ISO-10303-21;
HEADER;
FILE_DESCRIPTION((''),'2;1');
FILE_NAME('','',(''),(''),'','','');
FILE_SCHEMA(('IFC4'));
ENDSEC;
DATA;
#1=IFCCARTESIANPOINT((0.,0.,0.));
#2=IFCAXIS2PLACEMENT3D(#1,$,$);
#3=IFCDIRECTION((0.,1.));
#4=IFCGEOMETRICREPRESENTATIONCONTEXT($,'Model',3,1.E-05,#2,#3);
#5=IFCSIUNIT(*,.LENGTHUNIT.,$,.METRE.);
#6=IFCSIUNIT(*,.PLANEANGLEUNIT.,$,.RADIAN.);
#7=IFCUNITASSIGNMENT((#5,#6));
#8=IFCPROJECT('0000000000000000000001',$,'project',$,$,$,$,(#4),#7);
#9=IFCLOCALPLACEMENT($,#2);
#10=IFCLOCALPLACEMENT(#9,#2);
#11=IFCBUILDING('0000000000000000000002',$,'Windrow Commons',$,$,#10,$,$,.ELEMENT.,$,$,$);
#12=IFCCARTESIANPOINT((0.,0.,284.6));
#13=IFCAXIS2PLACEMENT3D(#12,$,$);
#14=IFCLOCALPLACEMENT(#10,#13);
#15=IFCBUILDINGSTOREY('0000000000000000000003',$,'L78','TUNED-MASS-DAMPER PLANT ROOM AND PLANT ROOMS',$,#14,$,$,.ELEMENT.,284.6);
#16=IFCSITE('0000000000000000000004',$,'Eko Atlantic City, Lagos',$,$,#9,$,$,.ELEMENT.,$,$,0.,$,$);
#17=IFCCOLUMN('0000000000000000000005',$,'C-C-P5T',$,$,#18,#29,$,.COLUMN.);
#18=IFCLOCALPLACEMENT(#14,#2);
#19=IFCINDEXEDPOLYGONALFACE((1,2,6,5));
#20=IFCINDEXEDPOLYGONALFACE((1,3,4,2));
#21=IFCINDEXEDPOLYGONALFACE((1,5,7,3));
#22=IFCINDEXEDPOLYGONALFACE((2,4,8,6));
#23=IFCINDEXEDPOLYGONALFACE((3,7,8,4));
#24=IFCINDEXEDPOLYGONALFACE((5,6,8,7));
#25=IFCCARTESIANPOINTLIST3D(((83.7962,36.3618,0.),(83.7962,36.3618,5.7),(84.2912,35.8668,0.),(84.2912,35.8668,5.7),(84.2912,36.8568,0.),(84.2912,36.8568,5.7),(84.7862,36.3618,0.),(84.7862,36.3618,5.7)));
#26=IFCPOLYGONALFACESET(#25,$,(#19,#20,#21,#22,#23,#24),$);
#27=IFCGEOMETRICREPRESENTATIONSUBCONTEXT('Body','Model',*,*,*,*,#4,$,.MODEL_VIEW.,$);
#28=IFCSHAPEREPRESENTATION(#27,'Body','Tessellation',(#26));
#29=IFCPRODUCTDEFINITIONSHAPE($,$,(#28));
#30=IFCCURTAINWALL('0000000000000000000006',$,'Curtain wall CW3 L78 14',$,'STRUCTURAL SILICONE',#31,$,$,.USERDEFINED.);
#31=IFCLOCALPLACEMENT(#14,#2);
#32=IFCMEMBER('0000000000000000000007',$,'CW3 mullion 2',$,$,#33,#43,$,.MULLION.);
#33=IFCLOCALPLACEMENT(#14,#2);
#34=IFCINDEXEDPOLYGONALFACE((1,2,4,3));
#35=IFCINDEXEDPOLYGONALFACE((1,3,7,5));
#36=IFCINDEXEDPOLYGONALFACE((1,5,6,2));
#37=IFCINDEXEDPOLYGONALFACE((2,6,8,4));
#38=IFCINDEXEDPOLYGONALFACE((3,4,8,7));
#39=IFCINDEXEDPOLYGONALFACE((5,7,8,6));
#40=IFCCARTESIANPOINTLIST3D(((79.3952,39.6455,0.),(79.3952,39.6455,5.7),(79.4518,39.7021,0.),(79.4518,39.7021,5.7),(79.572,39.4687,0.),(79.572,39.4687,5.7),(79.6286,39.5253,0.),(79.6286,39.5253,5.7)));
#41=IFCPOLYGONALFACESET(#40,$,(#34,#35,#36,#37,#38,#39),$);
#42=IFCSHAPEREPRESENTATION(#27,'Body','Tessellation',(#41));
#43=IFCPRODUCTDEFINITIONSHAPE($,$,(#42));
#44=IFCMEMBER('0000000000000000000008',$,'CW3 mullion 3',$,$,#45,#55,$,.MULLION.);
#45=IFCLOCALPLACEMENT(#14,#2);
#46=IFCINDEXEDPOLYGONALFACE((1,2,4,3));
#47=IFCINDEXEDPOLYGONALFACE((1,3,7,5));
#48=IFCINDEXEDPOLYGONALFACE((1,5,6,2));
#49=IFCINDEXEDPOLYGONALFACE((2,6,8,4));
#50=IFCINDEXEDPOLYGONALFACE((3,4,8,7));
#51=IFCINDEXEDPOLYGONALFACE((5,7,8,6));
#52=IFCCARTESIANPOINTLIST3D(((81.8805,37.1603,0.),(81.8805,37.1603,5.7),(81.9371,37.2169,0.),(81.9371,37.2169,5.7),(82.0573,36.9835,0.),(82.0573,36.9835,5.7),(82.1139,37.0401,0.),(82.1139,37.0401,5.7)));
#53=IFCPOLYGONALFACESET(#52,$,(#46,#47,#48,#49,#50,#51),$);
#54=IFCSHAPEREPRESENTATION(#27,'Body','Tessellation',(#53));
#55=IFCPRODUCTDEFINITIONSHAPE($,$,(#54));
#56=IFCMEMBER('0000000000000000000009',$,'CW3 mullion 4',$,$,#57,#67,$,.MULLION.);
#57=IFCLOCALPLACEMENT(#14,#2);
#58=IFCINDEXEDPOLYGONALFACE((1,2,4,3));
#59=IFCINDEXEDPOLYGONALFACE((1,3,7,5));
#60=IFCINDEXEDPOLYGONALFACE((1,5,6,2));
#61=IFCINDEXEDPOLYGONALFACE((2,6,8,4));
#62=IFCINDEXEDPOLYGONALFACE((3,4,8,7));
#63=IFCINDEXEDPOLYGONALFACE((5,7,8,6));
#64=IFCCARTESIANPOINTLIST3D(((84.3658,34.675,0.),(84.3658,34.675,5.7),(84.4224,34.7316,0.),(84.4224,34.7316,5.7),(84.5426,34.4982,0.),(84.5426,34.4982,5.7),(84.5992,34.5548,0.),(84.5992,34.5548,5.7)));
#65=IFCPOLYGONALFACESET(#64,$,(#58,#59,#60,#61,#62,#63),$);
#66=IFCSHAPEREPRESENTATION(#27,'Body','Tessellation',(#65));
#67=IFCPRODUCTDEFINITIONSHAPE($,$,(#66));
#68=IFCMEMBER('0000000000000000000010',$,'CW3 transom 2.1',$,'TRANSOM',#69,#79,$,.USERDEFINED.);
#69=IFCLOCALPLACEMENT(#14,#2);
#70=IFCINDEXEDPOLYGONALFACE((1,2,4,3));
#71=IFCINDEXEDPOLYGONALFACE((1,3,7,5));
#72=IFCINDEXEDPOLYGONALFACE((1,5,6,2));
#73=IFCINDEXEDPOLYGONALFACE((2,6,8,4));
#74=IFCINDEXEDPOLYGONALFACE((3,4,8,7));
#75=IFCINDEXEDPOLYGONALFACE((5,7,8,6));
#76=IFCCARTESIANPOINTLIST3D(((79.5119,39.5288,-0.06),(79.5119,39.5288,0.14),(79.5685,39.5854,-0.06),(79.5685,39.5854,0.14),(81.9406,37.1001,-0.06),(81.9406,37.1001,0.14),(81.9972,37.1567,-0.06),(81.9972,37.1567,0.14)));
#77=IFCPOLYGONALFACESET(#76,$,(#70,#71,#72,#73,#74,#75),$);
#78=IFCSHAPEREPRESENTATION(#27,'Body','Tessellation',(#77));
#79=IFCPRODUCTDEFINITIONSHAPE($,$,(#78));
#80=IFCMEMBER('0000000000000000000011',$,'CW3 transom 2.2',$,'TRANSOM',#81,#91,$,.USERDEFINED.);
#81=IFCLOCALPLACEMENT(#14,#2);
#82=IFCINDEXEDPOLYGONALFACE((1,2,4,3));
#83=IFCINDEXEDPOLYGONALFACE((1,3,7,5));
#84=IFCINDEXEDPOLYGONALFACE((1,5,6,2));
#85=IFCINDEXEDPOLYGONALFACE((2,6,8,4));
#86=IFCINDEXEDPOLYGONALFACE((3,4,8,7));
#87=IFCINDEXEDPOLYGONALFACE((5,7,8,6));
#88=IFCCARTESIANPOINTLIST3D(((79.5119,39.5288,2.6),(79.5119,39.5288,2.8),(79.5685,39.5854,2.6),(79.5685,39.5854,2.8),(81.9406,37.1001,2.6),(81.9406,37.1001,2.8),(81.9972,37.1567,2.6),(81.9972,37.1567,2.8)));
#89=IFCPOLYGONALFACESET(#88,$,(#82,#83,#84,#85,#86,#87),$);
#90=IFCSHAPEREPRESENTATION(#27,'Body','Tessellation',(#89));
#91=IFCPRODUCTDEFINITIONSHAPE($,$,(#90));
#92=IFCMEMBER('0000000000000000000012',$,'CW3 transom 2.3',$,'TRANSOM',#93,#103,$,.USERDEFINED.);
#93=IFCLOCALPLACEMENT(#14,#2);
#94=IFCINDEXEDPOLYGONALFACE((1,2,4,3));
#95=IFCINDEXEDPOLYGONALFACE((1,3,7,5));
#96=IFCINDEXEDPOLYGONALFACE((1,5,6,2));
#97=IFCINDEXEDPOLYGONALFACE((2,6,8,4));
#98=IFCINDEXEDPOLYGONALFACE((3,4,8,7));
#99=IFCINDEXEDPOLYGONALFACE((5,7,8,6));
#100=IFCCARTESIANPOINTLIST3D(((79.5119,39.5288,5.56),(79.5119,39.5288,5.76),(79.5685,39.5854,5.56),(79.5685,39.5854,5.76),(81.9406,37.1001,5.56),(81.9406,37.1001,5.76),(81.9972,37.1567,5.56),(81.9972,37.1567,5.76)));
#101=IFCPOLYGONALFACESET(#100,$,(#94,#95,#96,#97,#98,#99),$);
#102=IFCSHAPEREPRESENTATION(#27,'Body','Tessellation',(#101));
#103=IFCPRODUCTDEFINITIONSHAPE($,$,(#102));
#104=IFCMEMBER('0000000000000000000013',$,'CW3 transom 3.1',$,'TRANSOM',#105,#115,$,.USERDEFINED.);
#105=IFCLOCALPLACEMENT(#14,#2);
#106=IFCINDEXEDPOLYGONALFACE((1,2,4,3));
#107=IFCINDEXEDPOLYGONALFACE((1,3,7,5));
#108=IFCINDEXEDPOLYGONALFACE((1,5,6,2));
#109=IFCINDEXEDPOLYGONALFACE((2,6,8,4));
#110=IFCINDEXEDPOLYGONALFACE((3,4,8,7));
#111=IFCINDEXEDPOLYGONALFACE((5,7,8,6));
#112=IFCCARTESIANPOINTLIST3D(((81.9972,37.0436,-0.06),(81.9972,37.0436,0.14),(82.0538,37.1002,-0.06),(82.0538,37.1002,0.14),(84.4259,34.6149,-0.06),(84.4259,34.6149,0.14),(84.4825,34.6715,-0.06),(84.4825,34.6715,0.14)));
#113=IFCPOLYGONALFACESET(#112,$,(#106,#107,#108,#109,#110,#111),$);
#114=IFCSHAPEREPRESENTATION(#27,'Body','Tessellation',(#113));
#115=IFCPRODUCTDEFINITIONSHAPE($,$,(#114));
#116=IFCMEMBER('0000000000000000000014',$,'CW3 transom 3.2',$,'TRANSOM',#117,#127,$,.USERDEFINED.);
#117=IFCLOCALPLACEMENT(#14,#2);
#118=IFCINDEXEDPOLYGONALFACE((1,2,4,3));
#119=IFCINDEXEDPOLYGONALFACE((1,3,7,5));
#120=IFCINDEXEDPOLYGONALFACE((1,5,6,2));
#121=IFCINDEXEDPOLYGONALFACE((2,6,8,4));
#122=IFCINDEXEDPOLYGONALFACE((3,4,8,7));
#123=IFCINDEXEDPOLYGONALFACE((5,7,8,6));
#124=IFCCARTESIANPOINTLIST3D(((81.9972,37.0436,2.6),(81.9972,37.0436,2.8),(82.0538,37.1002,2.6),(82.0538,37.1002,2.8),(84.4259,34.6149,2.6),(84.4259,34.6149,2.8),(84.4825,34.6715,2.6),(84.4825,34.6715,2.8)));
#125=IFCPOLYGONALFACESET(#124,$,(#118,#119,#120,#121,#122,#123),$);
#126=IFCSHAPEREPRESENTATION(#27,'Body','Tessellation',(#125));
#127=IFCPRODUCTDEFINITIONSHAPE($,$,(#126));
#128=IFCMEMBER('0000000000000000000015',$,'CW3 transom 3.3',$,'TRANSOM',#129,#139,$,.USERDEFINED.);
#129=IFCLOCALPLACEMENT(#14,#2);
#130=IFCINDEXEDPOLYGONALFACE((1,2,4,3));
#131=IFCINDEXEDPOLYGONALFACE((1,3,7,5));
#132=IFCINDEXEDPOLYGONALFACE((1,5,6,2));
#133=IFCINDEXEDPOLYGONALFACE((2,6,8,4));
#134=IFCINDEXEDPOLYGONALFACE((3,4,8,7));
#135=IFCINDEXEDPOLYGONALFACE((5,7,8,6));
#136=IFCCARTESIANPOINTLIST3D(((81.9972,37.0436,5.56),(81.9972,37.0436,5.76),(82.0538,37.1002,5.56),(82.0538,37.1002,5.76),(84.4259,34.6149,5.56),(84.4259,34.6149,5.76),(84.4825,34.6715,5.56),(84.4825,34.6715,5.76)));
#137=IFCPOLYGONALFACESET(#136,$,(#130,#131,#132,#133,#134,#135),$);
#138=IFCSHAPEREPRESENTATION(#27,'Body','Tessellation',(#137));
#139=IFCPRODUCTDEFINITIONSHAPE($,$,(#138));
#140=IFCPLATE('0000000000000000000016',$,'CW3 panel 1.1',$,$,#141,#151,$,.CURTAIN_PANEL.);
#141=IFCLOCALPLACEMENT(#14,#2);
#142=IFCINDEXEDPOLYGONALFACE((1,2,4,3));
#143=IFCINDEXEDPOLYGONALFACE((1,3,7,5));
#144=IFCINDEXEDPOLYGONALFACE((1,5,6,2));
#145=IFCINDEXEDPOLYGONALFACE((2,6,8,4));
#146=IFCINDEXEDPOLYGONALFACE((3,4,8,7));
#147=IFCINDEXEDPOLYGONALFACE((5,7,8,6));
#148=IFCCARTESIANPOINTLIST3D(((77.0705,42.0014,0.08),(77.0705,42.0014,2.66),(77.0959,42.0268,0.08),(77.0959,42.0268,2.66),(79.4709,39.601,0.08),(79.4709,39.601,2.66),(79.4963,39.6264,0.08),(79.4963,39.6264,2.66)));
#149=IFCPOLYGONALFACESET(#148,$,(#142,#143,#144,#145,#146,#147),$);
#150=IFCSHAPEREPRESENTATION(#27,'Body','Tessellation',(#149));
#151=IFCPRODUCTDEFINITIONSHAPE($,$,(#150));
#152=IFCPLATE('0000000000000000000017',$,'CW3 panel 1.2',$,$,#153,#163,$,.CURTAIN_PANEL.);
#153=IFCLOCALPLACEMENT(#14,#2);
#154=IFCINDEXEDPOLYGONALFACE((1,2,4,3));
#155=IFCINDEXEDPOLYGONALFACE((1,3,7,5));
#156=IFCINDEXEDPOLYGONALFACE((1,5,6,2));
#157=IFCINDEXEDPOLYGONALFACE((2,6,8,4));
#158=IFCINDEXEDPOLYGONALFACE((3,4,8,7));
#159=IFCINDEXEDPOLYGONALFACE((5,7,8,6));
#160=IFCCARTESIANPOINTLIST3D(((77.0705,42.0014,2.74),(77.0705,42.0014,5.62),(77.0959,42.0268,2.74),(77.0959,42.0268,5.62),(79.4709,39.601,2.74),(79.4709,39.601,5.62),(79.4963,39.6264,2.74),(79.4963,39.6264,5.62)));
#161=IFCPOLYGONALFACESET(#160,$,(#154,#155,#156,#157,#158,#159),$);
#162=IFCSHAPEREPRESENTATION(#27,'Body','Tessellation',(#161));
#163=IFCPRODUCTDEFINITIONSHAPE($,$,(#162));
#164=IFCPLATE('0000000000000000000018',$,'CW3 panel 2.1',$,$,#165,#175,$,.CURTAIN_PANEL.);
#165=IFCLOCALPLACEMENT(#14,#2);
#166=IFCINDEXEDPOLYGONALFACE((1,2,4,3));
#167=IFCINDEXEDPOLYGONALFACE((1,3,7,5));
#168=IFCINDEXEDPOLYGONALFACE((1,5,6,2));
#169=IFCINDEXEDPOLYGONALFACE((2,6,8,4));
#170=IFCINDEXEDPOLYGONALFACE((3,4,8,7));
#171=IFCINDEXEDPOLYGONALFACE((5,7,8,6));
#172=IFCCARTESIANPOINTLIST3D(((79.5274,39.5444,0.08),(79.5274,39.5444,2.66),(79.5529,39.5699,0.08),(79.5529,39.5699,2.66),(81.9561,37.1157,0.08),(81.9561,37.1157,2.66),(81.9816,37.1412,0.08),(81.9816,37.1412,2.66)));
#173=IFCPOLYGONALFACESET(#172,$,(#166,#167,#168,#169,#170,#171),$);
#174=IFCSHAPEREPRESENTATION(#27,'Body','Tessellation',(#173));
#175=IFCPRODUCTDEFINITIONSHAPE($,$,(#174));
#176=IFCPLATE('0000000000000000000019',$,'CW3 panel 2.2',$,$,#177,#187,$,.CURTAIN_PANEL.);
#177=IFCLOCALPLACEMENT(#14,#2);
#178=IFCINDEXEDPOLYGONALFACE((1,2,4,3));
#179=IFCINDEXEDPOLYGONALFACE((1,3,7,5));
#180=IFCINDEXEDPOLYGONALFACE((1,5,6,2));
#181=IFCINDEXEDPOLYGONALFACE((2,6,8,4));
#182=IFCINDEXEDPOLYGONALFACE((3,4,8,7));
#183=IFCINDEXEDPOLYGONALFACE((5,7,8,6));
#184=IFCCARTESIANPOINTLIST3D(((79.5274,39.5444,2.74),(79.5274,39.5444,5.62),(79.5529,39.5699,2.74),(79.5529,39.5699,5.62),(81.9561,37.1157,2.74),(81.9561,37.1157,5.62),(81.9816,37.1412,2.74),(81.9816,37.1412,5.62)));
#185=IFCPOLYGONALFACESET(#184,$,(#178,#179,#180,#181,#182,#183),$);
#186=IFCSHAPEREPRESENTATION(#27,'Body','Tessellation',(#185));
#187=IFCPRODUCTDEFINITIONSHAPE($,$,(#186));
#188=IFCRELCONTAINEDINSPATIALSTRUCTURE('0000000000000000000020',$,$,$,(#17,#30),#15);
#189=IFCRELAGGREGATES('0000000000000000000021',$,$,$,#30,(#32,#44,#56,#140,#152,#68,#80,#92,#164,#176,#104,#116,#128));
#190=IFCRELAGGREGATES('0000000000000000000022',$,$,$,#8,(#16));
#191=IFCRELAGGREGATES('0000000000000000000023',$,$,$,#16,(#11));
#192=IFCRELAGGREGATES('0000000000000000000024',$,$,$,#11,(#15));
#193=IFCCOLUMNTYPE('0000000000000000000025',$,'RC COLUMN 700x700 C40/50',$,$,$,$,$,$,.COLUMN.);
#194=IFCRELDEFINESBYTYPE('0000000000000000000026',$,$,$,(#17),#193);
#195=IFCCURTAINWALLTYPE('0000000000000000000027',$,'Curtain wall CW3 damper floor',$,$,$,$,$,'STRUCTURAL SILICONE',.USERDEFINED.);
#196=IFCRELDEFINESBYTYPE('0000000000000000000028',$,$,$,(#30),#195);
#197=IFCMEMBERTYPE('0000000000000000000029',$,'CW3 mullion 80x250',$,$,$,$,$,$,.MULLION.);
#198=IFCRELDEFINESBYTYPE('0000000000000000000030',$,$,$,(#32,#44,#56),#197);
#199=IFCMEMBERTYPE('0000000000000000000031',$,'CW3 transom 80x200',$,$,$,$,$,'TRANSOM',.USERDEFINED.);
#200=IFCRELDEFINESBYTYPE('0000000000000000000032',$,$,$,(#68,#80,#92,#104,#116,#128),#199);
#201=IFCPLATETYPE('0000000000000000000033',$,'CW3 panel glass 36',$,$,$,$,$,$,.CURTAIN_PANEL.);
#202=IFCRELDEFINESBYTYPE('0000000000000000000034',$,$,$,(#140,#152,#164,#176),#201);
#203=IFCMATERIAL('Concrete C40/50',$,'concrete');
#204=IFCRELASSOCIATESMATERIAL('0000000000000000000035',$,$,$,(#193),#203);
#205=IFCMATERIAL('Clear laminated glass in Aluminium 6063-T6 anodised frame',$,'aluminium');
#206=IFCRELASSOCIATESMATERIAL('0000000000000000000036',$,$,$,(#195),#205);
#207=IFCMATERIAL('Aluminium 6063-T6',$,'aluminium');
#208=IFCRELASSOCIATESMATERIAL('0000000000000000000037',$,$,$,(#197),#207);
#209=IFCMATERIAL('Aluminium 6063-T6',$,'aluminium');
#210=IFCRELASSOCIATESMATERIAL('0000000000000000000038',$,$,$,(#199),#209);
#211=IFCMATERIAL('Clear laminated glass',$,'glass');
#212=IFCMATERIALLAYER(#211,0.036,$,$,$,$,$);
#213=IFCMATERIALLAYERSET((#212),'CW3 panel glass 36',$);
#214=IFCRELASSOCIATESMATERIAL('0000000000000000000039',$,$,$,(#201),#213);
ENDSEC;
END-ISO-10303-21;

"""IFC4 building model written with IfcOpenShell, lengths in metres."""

from ifc_helpers import new_model, si_unit, direction, frame, origin, origin_2d, place, context, subcontext, project, spatial, rectangle, extrude, material, layer, layer_set, material_profile, profile_set, type_object, element, aggregate, save


model = new_model("IFC4")

# Units and contexts
model_context = context("Model", 3, precision=1e-05, world=origin(), true_north=direction((0.0, 1.0)))
body_context = subcontext(model_context, "Body", "Model", "MODEL_VIEW")
ifc_project = project(units=[si_unit("LENGTHUNIT", "METRE"), si_unit("PLANEANGLEUNIT", "RADIAN")], contexts=[model_context])

# Site, building, storey
site_placement = place(None, origin())
site = spatial("IfcSite", under=ifc_project, at=site_placement, Name="Eko Atlantic City, Lagos", CompositionType="ELEMENT", RefElevation=0.0)
building_placement = place(site_placement, origin())
building = spatial("IfcBuilding", under=site, at=building_placement, Name="Windrow Commons", CompositionType="ELEMENT")
storey_placement = place(building_placement, frame((0.0, 0.0, 284.6)))
storey = spatial("IfcBuildingStorey", under=building, at=storey_placement, Name="L78", Description="TUNED-MASS-DAMPER PLANT ROOM AND PLANT ROOMS", CompositionType="ELEMENT", Elevation=284.6)

# Column
ifc_material_1 = material(Name="Concrete C40/50", Category="concrete")
ifc_material_profile_1 = material_profile(ifc_material_1, rectangle(XDim=0.7, YDim=0.7, at=origin_2d()))
ifc_profile_set_1 = profile_set([ifc_material_profile_1], Name="Concrete C40/50")
column_type = type_object("IfcColumnType", Name="RC COLUMN 700x700 C40/50", PredefinedType="COLUMN", material=ifc_profile_set_1)
column_placement = place(storey_placement, frame((84.2912, 36.3618, 0.0), z_axis=(0.0, 0.0, 1.0), x_axis=(0.707107, -0.707107, 0.0)))
element("IfcColumn", 1, at=column_placement, inside=storey, type_object=column_type, Name="C-C-P5T", PredefinedType="COLUMN", context=body_context, shape_type="SweptSolid", body=[
    extrude(rectangle(XDim=0.7, YDim=0.7, at=origin_2d()), origin(), (0.0, 0.0, 1.0), 5.7),
])

# Curtain wall, members, plates
ifc_material_2 = material(Name="Clear laminated glass in Aluminium 6063-T6 anodised frame", Category="aluminium")
curtain_wall_type = type_object("IfcCurtainWallType", Name="Curtain wall CW3 damper floor", ElementType="STRUCTURAL SILICONE", PredefinedType="USERDEFINED", material=ifc_material_2)
curtain_wall_placement = place(storey_placement, origin())
curtain_wall = element("IfcCurtainWall", 2, at=curtain_wall_placement, inside=storey, type_object=curtain_wall_type, Name="Curtain wall CW3 L78 14", ObjectType="STRUCTURAL SILICONE", PredefinedType="USERDEFINED")
ifc_material_3 = material(Name="Aluminium 6063-T6", Category="aluminium")
ifc_material_profile_2 = material_profile(ifc_material_3, rectangle(XDim=0.08, YDim=0.25, at=origin_2d()))
ifc_profile_set_2 = profile_set([ifc_material_profile_2], Name="Aluminium 6063-T6")
member_type_1 = type_object("IfcMemberType", Name="CW3 mullion 80x250", PredefinedType="MULLION", material=ifc_profile_set_2)
member_1_placement = place(storey_placement, frame((79.5119, 39.5854, 0.0), z_axis=(0.0, 0.0, 1.0), x_axis=(0.707107, 0.707107, 0.0)))
member_1 = element("IfcMember", 3, at=member_1_placement, type_object=member_type_1, Name="CW3 mullion 2", PredefinedType="MULLION", context=body_context, shape_type="SweptSolid", body=[
    extrude(rectangle(XDim=0.08, YDim=0.25, at=origin_2d()), origin(), (0.0, 0.0, 1.0), 5.7),
])
member_2_placement = place(storey_placement, frame((81.9972, 37.1002, 0.0), z_axis=(0.0, 0.0, 1.0), x_axis=(0.707107, 0.707107, 0.0)))
member_2 = element("IfcMember", 4, at=member_2_placement, type_object=member_type_1, Name="CW3 mullion 3", PredefinedType="MULLION", context=body_context, shape_type="SweptSolid", body=[
    extrude(rectangle(XDim=0.08, YDim=0.25, at=origin_2d()), origin(), (0.0, 0.0, 1.0), 5.7),
])
member_3_placement = place(storey_placement, frame((84.4825, 34.6149, 0.0), z_axis=(0.0, 0.0, 1.0), x_axis=(0.707107, 0.707107, 0.0)))
member_3 = element("IfcMember", 5, at=member_3_placement, type_object=member_type_1, Name="CW3 mullion 4", PredefinedType="MULLION", context=body_context, shape_type="SweptSolid", body=[
    extrude(rectangle(XDim=0.08, YDim=0.25, at=origin_2d()), origin(), (0.0, 0.0, 1.0), 5.7),
])
ifc_material_4 = material(Name="Aluminium 6063-T6", Category="aluminium")
ifc_material_profile_3 = material_profile(ifc_material_4, rectangle(XDim=0.08, YDim=0.2, at=origin_2d()))
ifc_profile_set_3 = profile_set([ifc_material_profile_3], Name="Aluminium 6063-T6")
member_type_2 = type_object("IfcMemberType", Name="CW3 transom 80x200", ElementType="TRANSOM", PredefinedType="USERDEFINED", material=ifc_profile_set_3)
member_4_placement = place(storey_placement, frame((79.5402, 39.5571, 0.04), z_axis=(0.707107, -0.707107, 0.0), x_axis=(0.707107, 0.707107, 0.0)))
member_4 = element("IfcMember", 6, at=member_4_placement, type_object=member_type_2, Name="CW3 transom 2.1", ObjectType="TRANSOM", PredefinedType="USERDEFINED", context=body_context, shape_type="SweptSolid", body=[
    extrude(rectangle(XDim=0.08, YDim=0.2, at=origin_2d()), origin(), (0.0, 0.0, 1.0), 3.4347),
])
member_5_placement = place(storey_placement, frame((79.5402, 39.5571, 2.7), z_axis=(0.707107, -0.707107, 0.0), x_axis=(0.707107, 0.707107, 0.0)))
member_5 = element("IfcMember", 7, at=member_5_placement, type_object=member_type_2, Name="CW3 transom 2.2", ObjectType="TRANSOM", PredefinedType="USERDEFINED", context=body_context, shape_type="SweptSolid", body=[
    extrude(rectangle(XDim=0.08, YDim=0.2, at=origin_2d()), origin(), (0.0, 0.0, 1.0), 3.4347),
])
member_6_placement = place(storey_placement, frame((79.5402, 39.5571, 5.66), z_axis=(0.707107, -0.707107, 0.0), x_axis=(0.707107, 0.707107, 0.0)))
member_6 = element("IfcMember", 8, at=member_6_placement, type_object=member_type_2, Name="CW3 transom 2.3", ObjectType="TRANSOM", PredefinedType="USERDEFINED", context=body_context, shape_type="SweptSolid", body=[
    extrude(rectangle(XDim=0.08, YDim=0.2, at=origin_2d()), origin(), (0.0, 0.0, 1.0), 3.4347),
])
member_7_placement = place(storey_placement, frame((82.0255, 37.0719, 0.04), z_axis=(0.707107, -0.707107, 0.0), x_axis=(0.707107, 0.707107, 0.0)))
member_7 = element("IfcMember", 9, at=member_7_placement, type_object=member_type_2, Name="CW3 transom 3.1", ObjectType="TRANSOM", PredefinedType="USERDEFINED", context=body_context, shape_type="SweptSolid", body=[
    extrude(rectangle(XDim=0.08, YDim=0.2, at=origin_2d()), origin(), (0.0, 0.0, 1.0), 3.4347),
])
member_8_placement = place(storey_placement, frame((82.0255, 37.0719, 2.7), z_axis=(0.707107, -0.707107, 0.0), x_axis=(0.707107, 0.707107, 0.0)))
member_8 = element("IfcMember", 10, at=member_8_placement, type_object=member_type_2, Name="CW3 transom 3.2", ObjectType="TRANSOM", PredefinedType="USERDEFINED", context=body_context, shape_type="SweptSolid", body=[
    extrude(rectangle(XDim=0.08, YDim=0.2, at=origin_2d()), origin(), (0.0, 0.0, 1.0), 3.4347),
])
member_9_placement = place(storey_placement, frame((82.0255, 37.0719, 5.66), z_axis=(0.707107, -0.707107, 0.0), x_axis=(0.707107, 0.707107, 0.0)))
member_9 = element("IfcMember", 11, at=member_9_placement, type_object=member_type_2, Name="CW3 transom 3.3", ObjectType="TRANSOM", PredefinedType="USERDEFINED", context=body_context, shape_type="SweptSolid", body=[
    extrude(rectangle(XDim=0.08, YDim=0.2, at=origin_2d()), origin(), (0.0, 0.0, 1.0), 3.4347),
])
ifc_material_5 = material(Name="Clear laminated glass", Category="glass")
ifc_layer_1 = layer(ifc_material_5, 0.036)
ifc_layer_set_1 = layer_set([ifc_layer_1], Name="CW3 panel glass 36")
plate_type = type_object("IfcPlateType", Name="CW3 panel glass 36", PredefinedType="CURTAIN_PANEL", material=ifc_layer_set_1)
plate_1_placement = place(storey_placement, frame((78.2834, 40.8139, 0.08), z_axis=(0.0, 0.0, 1.0), x_axis=(0.707107, -0.707107, 0.0)))
plate_1 = element("IfcPlate", 12, at=plate_1_placement, type_object=plate_type, Name="CW3 panel 1.1", PredefinedType="CURTAIN_PANEL", context=body_context, shape_type="SweptSolid", body=[
    extrude(rectangle(XDim=3.3947, YDim=0.036, at=origin_2d()), origin(), (0.0, 0.0, 1.0), 2.58),
])
plate_2_placement = place(storey_placement, frame((78.2834, 40.8139, 2.74), z_axis=(0.0, 0.0, 1.0), x_axis=(0.707107, -0.707107, 0.0)))
plate_2 = element("IfcPlate", 13, at=plate_2_placement, type_object=plate_type, Name="CW3 panel 1.2", PredefinedType="CURTAIN_PANEL", context=body_context, shape_type="SweptSolid", body=[
    extrude(rectangle(XDim=3.3947, YDim=0.036, at=origin_2d()), origin(), (0.0, 0.0, 1.0), 2.88),
])
plate_3_placement = place(storey_placement, frame((80.7545, 38.3428, 0.08), z_axis=(0.0, 0.0, 1.0), x_axis=(0.707107, -0.707107, 0.0)))
plate_3 = element("IfcPlate", 14, at=plate_3_placement, type_object=plate_type, Name="CW3 panel 2.1", PredefinedType="CURTAIN_PANEL", context=body_context, shape_type="SweptSolid", body=[
    extrude(rectangle(XDim=3.4347, YDim=0.036, at=origin_2d()), origin(), (0.0, 0.0, 1.0), 2.58),
])
plate_4_placement = place(storey_placement, frame((80.7545, 38.3428, 2.74), z_axis=(0.0, 0.0, 1.0), x_axis=(0.707107, -0.707107, 0.0)))
plate_4 = element("IfcPlate", 15, at=plate_4_placement, type_object=plate_type, Name="CW3 panel 2.2", PredefinedType="CURTAIN_PANEL", context=body_context, shape_type="SweptSolid", body=[
    extrude(rectangle(XDim=3.4347, YDim=0.036, at=origin_2d()), origin(), (0.0, 0.0, 1.0), 2.88),
])
aggregate(curtain_wall, [member_1, member_2, member_3, plate_1, plate_2, member_4, member_5, member_6, plate_3, plate_4, member_7, member_8, member_9])

save(model, "model.ifc")
